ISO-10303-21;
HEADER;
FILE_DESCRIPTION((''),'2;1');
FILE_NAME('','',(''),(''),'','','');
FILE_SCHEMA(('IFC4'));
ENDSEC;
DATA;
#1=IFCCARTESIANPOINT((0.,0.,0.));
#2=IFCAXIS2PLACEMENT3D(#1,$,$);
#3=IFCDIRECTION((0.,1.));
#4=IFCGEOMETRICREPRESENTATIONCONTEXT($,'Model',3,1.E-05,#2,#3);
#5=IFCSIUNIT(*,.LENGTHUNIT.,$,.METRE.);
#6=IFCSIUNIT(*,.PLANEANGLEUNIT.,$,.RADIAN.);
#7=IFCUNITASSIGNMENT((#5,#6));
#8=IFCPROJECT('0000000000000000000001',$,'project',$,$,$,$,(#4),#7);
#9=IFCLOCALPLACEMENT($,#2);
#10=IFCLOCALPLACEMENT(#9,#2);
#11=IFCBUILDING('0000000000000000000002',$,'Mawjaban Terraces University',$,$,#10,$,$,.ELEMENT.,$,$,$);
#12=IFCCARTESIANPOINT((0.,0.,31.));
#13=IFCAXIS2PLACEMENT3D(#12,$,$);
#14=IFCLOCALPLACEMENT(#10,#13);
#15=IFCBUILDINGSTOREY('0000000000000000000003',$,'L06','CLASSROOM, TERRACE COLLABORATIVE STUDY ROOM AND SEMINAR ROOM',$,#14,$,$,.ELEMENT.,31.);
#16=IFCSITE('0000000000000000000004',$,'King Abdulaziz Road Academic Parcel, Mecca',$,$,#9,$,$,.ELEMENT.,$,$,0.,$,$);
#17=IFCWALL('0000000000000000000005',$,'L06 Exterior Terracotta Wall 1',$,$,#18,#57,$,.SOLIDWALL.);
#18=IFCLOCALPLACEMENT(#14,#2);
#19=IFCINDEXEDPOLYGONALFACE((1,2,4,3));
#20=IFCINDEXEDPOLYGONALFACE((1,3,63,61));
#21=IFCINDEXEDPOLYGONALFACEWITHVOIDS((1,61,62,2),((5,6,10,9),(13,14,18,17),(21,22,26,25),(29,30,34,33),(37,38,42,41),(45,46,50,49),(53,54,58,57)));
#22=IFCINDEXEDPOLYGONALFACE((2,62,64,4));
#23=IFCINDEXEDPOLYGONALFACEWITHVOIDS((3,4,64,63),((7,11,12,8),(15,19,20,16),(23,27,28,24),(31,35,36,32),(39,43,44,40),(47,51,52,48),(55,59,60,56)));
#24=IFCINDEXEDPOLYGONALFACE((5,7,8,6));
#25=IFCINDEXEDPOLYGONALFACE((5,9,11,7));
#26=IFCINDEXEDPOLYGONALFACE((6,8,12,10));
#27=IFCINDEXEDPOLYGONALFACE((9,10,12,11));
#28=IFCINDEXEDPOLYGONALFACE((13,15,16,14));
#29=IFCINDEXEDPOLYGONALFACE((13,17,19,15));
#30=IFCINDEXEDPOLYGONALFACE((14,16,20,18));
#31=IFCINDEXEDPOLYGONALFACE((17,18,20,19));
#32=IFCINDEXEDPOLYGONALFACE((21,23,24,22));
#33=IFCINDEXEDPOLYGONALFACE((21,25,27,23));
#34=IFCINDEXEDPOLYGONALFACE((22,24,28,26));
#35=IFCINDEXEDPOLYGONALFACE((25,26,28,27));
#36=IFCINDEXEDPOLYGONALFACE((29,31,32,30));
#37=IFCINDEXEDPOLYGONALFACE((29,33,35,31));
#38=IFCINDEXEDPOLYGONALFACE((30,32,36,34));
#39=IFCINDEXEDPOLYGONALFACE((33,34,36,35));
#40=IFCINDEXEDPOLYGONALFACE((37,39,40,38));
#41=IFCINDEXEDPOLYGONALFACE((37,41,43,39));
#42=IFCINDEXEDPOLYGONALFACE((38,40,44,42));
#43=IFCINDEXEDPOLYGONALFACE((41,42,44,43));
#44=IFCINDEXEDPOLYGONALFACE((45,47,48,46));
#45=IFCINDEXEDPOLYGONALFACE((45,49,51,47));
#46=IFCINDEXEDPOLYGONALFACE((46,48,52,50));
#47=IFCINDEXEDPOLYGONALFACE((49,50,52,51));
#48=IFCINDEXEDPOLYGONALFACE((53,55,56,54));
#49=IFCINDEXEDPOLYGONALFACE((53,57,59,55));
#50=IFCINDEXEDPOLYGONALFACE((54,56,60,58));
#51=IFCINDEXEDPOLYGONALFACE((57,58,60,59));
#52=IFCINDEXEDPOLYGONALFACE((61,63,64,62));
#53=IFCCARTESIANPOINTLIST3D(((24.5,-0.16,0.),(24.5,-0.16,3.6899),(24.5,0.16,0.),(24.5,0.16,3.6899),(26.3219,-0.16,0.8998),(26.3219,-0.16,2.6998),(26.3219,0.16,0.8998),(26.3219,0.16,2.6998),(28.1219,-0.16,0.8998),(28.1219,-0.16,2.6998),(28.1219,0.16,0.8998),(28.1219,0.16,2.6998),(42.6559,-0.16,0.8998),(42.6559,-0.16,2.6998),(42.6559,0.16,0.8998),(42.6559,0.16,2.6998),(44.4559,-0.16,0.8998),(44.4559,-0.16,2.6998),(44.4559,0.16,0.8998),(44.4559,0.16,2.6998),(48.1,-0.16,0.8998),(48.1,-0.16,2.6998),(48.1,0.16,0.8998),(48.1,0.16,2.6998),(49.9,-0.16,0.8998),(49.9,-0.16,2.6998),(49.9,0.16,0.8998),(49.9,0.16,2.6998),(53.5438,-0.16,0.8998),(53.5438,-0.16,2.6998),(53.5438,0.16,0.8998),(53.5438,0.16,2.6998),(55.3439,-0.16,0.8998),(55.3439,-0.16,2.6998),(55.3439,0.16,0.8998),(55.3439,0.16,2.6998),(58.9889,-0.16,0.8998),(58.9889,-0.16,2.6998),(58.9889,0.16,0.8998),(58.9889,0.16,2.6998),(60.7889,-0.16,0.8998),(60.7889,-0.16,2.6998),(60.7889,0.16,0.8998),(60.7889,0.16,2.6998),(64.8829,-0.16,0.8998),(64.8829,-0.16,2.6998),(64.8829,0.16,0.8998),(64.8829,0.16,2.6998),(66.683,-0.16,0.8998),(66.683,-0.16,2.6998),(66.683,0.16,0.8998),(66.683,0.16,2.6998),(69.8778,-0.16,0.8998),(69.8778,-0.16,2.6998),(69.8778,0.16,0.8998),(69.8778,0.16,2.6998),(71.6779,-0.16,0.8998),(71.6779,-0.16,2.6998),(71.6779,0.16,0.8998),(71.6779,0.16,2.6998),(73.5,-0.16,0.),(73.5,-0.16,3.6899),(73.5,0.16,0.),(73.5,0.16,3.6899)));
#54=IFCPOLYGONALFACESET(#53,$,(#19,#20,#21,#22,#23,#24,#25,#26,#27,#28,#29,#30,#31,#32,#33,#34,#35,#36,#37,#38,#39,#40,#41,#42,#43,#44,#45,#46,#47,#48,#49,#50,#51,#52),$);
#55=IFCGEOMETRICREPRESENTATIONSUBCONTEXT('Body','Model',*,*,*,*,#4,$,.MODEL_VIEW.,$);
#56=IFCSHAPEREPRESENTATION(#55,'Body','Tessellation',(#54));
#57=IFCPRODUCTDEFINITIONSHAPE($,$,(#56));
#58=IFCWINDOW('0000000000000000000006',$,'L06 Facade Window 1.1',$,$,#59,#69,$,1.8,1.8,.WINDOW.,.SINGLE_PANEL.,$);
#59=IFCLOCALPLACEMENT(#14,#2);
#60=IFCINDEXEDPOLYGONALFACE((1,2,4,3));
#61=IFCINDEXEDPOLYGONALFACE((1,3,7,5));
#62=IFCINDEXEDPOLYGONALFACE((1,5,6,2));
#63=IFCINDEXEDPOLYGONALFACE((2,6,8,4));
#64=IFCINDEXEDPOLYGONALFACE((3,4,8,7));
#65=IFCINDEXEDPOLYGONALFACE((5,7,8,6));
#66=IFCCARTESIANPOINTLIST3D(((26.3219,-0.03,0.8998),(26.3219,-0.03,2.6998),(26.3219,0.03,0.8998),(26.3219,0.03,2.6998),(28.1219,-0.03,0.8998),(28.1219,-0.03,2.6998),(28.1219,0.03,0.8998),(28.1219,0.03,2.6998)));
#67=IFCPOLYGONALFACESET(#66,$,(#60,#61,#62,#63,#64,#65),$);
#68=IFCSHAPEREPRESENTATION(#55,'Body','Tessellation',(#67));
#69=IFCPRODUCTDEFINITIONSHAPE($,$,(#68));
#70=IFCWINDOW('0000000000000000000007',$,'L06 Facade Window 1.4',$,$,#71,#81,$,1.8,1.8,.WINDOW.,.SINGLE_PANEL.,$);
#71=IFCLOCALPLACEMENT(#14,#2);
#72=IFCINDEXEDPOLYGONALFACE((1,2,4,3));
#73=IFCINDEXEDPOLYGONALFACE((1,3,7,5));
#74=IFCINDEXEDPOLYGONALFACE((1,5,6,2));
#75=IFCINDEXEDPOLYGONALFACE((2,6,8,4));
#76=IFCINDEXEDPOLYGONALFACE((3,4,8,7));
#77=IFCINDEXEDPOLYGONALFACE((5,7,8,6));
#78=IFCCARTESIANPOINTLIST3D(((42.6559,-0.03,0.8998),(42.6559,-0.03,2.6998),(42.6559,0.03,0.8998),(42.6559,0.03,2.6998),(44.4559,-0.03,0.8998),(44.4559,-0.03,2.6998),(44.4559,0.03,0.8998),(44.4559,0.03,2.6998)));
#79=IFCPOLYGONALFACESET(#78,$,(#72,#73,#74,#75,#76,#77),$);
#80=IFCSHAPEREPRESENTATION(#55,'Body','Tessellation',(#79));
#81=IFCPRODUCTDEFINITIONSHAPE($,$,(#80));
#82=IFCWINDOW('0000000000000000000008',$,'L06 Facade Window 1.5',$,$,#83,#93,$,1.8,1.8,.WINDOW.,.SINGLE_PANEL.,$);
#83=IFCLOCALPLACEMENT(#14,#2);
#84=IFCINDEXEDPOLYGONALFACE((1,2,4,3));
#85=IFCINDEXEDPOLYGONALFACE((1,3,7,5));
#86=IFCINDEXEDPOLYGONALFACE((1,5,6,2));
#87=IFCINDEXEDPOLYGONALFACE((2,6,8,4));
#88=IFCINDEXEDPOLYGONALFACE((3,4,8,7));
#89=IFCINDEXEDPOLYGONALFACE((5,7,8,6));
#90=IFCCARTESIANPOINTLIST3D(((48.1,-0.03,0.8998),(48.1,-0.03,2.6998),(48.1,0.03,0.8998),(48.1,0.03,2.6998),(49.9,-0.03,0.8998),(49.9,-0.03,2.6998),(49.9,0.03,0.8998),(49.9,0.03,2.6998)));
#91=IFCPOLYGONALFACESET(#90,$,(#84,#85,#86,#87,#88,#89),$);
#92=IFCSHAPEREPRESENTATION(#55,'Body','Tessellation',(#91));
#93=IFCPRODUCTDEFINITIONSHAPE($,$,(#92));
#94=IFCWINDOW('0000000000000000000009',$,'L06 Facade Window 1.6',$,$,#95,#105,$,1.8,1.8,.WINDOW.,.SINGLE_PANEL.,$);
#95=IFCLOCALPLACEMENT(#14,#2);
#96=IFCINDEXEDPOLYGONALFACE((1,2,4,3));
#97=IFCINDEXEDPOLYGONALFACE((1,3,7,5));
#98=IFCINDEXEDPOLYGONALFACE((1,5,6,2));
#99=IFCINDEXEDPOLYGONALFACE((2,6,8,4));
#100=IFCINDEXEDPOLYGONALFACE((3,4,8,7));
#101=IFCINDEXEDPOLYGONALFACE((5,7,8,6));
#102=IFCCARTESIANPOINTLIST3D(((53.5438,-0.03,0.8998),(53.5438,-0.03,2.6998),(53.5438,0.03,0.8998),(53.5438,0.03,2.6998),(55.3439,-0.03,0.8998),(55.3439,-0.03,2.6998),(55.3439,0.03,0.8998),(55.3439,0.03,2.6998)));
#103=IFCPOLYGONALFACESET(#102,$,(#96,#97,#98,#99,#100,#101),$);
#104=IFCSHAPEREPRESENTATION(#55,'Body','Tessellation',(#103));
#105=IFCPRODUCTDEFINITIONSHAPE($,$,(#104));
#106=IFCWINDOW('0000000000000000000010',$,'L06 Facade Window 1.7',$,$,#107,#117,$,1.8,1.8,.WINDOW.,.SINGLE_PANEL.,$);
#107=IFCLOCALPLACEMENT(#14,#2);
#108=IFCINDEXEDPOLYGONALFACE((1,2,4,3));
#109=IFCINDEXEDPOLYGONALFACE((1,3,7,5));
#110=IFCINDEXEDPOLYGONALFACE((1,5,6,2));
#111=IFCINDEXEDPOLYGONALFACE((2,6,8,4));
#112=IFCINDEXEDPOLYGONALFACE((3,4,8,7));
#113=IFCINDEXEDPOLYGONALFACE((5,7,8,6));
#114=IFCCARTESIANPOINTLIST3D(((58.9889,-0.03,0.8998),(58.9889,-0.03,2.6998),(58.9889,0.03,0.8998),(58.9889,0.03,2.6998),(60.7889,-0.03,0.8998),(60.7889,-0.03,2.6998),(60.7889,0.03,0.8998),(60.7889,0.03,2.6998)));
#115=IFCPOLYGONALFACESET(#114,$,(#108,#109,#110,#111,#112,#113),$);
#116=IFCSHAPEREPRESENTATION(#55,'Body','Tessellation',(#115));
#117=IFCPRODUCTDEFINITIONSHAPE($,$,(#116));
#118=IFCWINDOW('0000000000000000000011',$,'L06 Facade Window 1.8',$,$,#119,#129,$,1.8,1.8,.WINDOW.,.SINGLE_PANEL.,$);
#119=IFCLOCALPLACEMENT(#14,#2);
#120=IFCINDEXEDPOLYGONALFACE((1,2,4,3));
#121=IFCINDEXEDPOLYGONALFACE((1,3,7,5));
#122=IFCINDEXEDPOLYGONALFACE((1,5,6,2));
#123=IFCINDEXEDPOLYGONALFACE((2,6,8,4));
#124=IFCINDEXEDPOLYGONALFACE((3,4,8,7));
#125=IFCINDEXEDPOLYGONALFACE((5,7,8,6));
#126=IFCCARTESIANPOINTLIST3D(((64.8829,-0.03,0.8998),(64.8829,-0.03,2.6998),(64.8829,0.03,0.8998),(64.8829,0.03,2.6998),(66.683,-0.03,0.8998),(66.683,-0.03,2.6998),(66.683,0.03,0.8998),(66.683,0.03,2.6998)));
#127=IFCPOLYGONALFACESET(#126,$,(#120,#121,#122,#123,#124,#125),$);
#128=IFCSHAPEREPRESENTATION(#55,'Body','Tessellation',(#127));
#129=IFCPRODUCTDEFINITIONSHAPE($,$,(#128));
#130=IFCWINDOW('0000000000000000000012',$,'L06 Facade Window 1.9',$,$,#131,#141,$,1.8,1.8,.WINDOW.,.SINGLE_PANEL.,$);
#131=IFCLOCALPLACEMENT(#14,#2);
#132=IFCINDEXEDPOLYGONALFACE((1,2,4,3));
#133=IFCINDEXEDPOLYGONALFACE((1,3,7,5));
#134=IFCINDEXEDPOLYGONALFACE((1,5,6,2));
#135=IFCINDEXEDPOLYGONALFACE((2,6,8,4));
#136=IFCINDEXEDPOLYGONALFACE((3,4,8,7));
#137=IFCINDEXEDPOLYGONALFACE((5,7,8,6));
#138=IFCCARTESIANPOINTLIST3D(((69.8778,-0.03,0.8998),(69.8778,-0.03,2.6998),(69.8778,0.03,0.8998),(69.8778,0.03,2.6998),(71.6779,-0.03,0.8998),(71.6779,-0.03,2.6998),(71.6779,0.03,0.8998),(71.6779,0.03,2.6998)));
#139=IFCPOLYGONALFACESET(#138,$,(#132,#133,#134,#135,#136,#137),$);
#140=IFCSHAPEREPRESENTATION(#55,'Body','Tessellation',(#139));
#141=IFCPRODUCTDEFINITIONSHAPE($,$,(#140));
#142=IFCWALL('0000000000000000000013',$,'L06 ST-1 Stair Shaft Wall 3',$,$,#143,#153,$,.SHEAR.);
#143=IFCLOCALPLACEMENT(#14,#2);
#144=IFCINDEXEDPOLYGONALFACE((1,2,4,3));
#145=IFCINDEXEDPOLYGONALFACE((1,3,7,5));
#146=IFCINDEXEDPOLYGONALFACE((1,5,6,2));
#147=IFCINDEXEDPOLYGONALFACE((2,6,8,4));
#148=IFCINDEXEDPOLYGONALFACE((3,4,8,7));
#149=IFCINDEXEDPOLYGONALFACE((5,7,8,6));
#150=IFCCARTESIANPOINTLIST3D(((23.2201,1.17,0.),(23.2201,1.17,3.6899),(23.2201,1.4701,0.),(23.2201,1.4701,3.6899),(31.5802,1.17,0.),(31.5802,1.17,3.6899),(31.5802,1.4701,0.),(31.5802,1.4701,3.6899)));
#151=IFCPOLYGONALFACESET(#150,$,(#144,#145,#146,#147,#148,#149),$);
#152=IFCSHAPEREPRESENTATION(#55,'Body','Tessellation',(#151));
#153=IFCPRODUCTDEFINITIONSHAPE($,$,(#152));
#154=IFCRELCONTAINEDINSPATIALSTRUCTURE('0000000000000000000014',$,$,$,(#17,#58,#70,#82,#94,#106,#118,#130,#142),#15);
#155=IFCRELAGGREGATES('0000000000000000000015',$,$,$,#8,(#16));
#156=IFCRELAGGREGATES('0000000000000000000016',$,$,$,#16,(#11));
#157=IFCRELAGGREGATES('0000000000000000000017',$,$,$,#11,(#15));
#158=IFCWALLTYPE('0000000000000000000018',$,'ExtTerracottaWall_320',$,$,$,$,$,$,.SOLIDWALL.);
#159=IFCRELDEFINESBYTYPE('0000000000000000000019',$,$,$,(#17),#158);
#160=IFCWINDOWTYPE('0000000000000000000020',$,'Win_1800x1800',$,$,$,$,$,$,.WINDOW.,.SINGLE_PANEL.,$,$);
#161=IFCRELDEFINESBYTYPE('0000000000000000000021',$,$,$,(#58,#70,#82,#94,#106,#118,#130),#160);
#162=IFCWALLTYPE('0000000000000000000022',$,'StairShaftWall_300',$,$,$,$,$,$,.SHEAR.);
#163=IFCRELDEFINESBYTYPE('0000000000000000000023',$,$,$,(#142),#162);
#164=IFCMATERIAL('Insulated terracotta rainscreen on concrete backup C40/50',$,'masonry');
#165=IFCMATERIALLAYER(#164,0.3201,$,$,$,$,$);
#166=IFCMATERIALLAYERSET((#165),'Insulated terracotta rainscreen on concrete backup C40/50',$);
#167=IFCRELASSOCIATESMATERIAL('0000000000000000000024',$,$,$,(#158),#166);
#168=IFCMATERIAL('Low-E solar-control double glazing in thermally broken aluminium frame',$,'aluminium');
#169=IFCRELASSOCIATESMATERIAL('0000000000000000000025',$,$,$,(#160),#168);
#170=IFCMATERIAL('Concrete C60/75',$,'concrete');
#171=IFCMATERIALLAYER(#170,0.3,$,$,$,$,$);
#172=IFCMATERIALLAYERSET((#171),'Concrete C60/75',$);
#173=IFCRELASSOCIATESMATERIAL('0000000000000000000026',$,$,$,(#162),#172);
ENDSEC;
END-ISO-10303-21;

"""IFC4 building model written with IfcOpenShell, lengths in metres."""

from ifc_helpers import new_model, si_unit, direction, frame, frame_2d, origin, place, context, subcontext, project, spatial, rectangle, extrude, material, layer, layer_set, type_object, element, fill, save


model = new_model("IFC4")

# Units and contexts
model_context = context("Model", 3, precision=1e-05, world=origin(), true_north=direction((0.0, 1.0)))
body_context = subcontext(model_context, "Body", "Model", "MODEL_VIEW")
ifc_project = project(units=[si_unit("LENGTHUNIT", "METRE"), si_unit("PLANEANGLEUNIT", "RADIAN")], contexts=[model_context])

# Site, building, storey
site_placement = place(None, origin())
site = spatial("IfcSite", under=ifc_project, at=site_placement, Name="King Abdulaziz Road Academic Parcel, Mecca", CompositionType="ELEMENT", RefElevation=0.0)
building_placement = place(site_placement, origin())
building = spatial("IfcBuilding", under=site, at=building_placement, Name="Mawjaban Terraces University", CompositionType="ELEMENT")
storey_placement = place(building_placement, frame((0.0, 0.0, 31.0)))
storey = spatial("IfcBuildingStorey", under=building, at=storey_placement, Name="L06", Description="CLASSROOM, TERRACE COLLABORATIVE STUDY ROOM AND SEMINAR ROOM", CompositionType="ELEMENT", Elevation=31.0)

# Wall, openings, windows
ifc_material_1 = material(Name="Insulated terracotta rainscreen on concrete backup C40/50", Category="masonry")
ifc_layer_1 = layer(ifc_material_1, 0.3201)
ifc_layer_set_1 = layer_set([ifc_layer_1], Name="Insulated terracotta rainscreen on concrete backup C40/50")
wall_type_1 = type_object("IfcWallType", Name="ExtTerracottaWall_320", PredefinedType="SOLIDWALL", material=ifc_layer_set_1)
wall_1_placement = place(storey_placement, frame((24.5, 0.0, 0.0), z_axis=(0.0, 0.0, 1.0), x_axis=(1.0, 0.0, 0.0)))
wall_1 = element("IfcWall", 1, at=wall_1_placement, inside=storey, type_object=wall_type_1, Name="L06 Exterior Terracotta Wall 1", PredefinedType="SOLIDWALL", context=body_context, shape_type="SweptSolid", body=[
    extrude(rectangle(XDim=49.0, YDim=0.3201, at=frame_2d((24.5, 0.0))), origin(), (0.0, 0.0, 1.0), 3.6899),
])
opening_1_placement = place(wall_1_placement, frame((1.822, 0.0, 0.8999)))
opening_1 = element("IfcOpeningElement", 2, at=opening_1_placement, cuts=wall_1, PredefinedType="OPENING", context=body_context, shape_type="SweptSolid", body=[
    extrude(rectangle(XDim=1.8, YDim=1.8, at=frame_2d((0.8999, 0.8999))), frame((0.0, 0.1699, 0.0), z_axis=(0.0, -1.0, 0.0), x_axis=(1.0, 0.0, 0.0)), (0.0, 0.0, 1.0), 0.3401),
])
opening_2_placement = place(wall_1_placement, frame((18.156, 0.0, 0.8999)))
opening_2 = element("IfcOpeningElement", 3, at=opening_2_placement, cuts=wall_1, PredefinedType="OPENING", context=body_context, shape_type="SweptSolid", body=[
    extrude(rectangle(XDim=1.8, YDim=1.8, at=frame_2d((0.8999, 0.8999))), frame((0.0, 0.1699, 0.0), z_axis=(0.0, -1.0, 0.0), x_axis=(1.0, 0.0, 0.0)), (0.0, 0.0, 1.0), 0.3401),
])
opening_3_placement = place(wall_1_placement, frame((23.6001, 0.0, 0.8999)))
opening_3 = element("IfcOpeningElement", 4, at=opening_3_placement, cuts=wall_1, PredefinedType="OPENING", context=body_context, shape_type="SweptSolid", body=[
    extrude(rectangle(XDim=1.8, YDim=1.8, at=frame_2d((0.8999, 0.8999))), frame((0.0, 0.1699, 0.0), z_axis=(0.0, -1.0, 0.0), x_axis=(1.0, 0.0, 0.0)), (0.0, 0.0, 1.0), 0.3401),
])
opening_4_placement = place(wall_1_placement, frame((29.0439, 0.0, 0.8999)))
opening_4 = element("IfcOpeningElement", 5, at=opening_4_placement, cuts=wall_1, PredefinedType="OPENING", context=body_context, shape_type="SweptSolid", body=[
    extrude(rectangle(XDim=1.8, YDim=1.8, at=frame_2d((0.8999, 0.8999))), frame((0.0, 0.1699, 0.0), z_axis=(0.0, -1.0, 0.0), x_axis=(1.0, 0.0, 0.0)), (0.0, 0.0, 1.0), 0.3401),
])
opening_5_placement = place(wall_1_placement, frame((34.489, 0.0, 0.8999)))
opening_5 = element("IfcOpeningElement", 6, at=opening_5_placement, cuts=wall_1, PredefinedType="OPENING", context=body_context, shape_type="SweptSolid", body=[
    extrude(rectangle(XDim=1.8, YDim=1.8, at=frame_2d((0.8999, 0.8999))), frame((0.0, 0.1699, 0.0), z_axis=(0.0, -1.0, 0.0), x_axis=(1.0, 0.0, 0.0)), (0.0, 0.0, 1.0), 0.3401),
])
opening_6_placement = place(wall_1_placement, frame((40.3831, 0.0, 0.8999)))
opening_6 = element("IfcOpeningElement", 7, at=opening_6_placement, cuts=wall_1, PredefinedType="OPENING", context=body_context, shape_type="SweptSolid", body=[
    extrude(rectangle(XDim=1.8, YDim=1.8, at=frame_2d((0.8999, 0.8999))), frame((0.0, 0.1699, 0.0), z_axis=(0.0, -1.0, 0.0), x_axis=(1.0, 0.0, 0.0)), (0.0, 0.0, 1.0), 0.3401),
])
opening_7_placement = place(wall_1_placement, frame((45.3779, 0.0, 0.8999)))
opening_7 = element("IfcOpeningElement", 8, at=opening_7_placement, cuts=wall_1, PredefinedType="OPENING", context=body_context, shape_type="SweptSolid", body=[
    extrude(rectangle(XDim=1.8, YDim=1.8, at=frame_2d((0.8999, 0.8999))), frame((0.0, 0.1699, 0.0), z_axis=(0.0, -1.0, 0.0), x_axis=(1.0, 0.0, 0.0)), (0.0, 0.0, 1.0), 0.3401),
])
ifc_material_2 = material(Name="Low-E solar-control double glazing in thermally broken aluminium frame", Category="aluminium")
window_type = type_object("IfcWindowType", Name="Win_1800x1800", PartitioningType="SINGLE_PANEL", PredefinedType="WINDOW", material=ifc_material_2)
window_1_placement = place(opening_1_placement, origin())
window_1 = element("IfcWindow", 9, at=window_1_placement, inside=storey, type_object=window_type, Name="L06 Facade Window 1.1", OverallHeight=1.8, OverallWidth=1.8, PartitioningType="SINGLE_PANEL", PredefinedType="WINDOW", context=body_context, shape_type="SweptSolid", body=[
    extrude(rectangle(XDim=1.8, YDim=1.8, at=frame_2d((0.8999, 0.8999))), frame((0.0, 0.03, 0.0), z_axis=(0.0, -1.0, 0.0), x_axis=(1.0, 0.0, 0.0)), (0.0, 0.0, 1.0), 0.0601),
])
fill(opening_1, window_1)
window_2_placement = place(opening_2_placement, origin())
window_2 = element("IfcWindow", 10, at=window_2_placement, inside=storey, type_object=window_type, Name="L06 Facade Window 1.4", OverallHeight=1.8, OverallWidth=1.8, PartitioningType="SINGLE_PANEL", PredefinedType="WINDOW", context=body_context, shape_type="SweptSolid", body=[
    extrude(rectangle(XDim=1.8, YDim=1.8, at=frame_2d((0.8999, 0.8999))), frame((0.0, 0.03, 0.0), z_axis=(0.0, -1.0, 0.0), x_axis=(1.0, 0.0, 0.0)), (0.0, 0.0, 1.0), 0.0601),
])
fill(opening_2, window_2)
window_3_placement = place(opening_3_placement, origin())
window_3 = element("IfcWindow", 11, at=window_3_placement, inside=storey, type_object=window_type, Name="L06 Facade Window 1.5", OverallHeight=1.8, OverallWidth=1.8, PartitioningType="SINGLE_PANEL", PredefinedType="WINDOW", context=body_context, shape_type="SweptSolid", body=[
    extrude(rectangle(XDim=1.8, YDim=1.8, at=frame_2d((0.8999, 0.8999))), frame((0.0, 0.03, 0.0), z_axis=(0.0, -1.0, 0.0), x_axis=(1.0, 0.0, 0.0)), (0.0, 0.0, 1.0), 0.0601),
])
fill(opening_3, window_3)
window_4_placement = place(opening_4_placement, origin())
window_4 = element("IfcWindow", 12, at=window_4_placement, inside=storey, type_object=window_type, Name="L06 Facade Window 1.6", OverallHeight=1.8, OverallWidth=1.8, PartitioningType="SINGLE_PANEL", PredefinedType="WINDOW", context=body_context, shape_type="SweptSolid", body=[
    extrude(rectangle(XDim=1.8, YDim=1.8, at=frame_2d((0.8999, 0.8999))), frame((0.0, 0.03, 0.0), z_axis=(0.0, -1.0, 0.0), x_axis=(1.0, 0.0, 0.0)), (0.0, 0.0, 1.0), 0.0601),
])
fill(opening_4, window_4)
window_5_placement = place(opening_5_placement, origin())
window_5 = element("IfcWindow", 13, at=window_5_placement, inside=storey, type_object=window_type, Name="L06 Facade Window 1.7", OverallHeight=1.8, OverallWidth=1.8, PartitioningType="SINGLE_PANEL", PredefinedType="WINDOW", context=body_context, shape_type="SweptSolid", body=[
    extrude(rectangle(XDim=1.8, YDim=1.8, at=frame_2d((0.8999, 0.8999))), frame((0.0, 0.03, 0.0), z_axis=(0.0, -1.0, 0.0), x_axis=(1.0, 0.0, 0.0)), (0.0, 0.0, 1.0), 0.0601),
])
fill(opening_5, window_5)
window_6_placement = place(opening_6_placement, origin())
window_6 = element("IfcWindow", 14, at=window_6_placement, inside=storey, type_object=window_type, Name="L06 Facade Window 1.8", OverallHeight=1.8, OverallWidth=1.8, PartitioningType="SINGLE_PANEL", PredefinedType="WINDOW", context=body_context, shape_type="SweptSolid", body=[
    extrude(rectangle(XDim=1.8, YDim=1.8, at=frame_2d((0.8999, 0.8999))), frame((0.0, 0.03, 0.0), z_axis=(0.0, -1.0, 0.0), x_axis=(1.0, 0.0, 0.0)), (0.0, 0.0, 1.0), 0.0601),
])
fill(opening_6, window_6)
window_7_placement = place(opening_7_placement, origin())
window_7 = element("IfcWindow", 15, at=window_7_placement, inside=storey, type_object=window_type, Name="L06 Facade Window 1.9", OverallHeight=1.8, OverallWidth=1.8, PartitioningType="SINGLE_PANEL", PredefinedType="WINDOW", context=body_context, shape_type="SweptSolid", body=[
    extrude(rectangle(XDim=1.8, YDim=1.8, at=frame_2d((0.8999, 0.8999))), frame((0.0, 0.03, 0.0), z_axis=(0.0, -1.0, 0.0), x_axis=(1.0, 0.0, 0.0)), (0.0, 0.0, 1.0), 0.0601),
])
fill(opening_7, window_7)

# Wall
ifc_material_3 = material(Name="Concrete C60/75", Category="concrete")
ifc_layer_2 = layer(ifc_material_3, 0.3)
ifc_layer_set_2 = layer_set([ifc_layer_2], Name="Concrete C60/75")
wall_type_2 = type_object("IfcWallType", Name="StairShaftWall_300", PredefinedType="SHEAR", material=ifc_layer_set_2)
wall_2_placement = place(storey_placement, frame((23.22, 1.3201, 0.0), z_axis=(0.0, 0.0, 1.0), x_axis=(1.0, 0.0, 0.0)))
element("IfcWall", 16, at=wall_2_placement, inside=storey, type_object=wall_type_2, Name="L06 ST-1 Stair Shaft Wall 3", PredefinedType="SHEAR", context=body_context, shape_type="SweptSolid", body=[
    extrude(rectangle(XDim=8.3601, YDim=0.3, at=frame_2d((4.1802, 0.0))), origin(), (0.0, 0.0, 1.0), 3.6899),
])

save(model, "model.ifc")
